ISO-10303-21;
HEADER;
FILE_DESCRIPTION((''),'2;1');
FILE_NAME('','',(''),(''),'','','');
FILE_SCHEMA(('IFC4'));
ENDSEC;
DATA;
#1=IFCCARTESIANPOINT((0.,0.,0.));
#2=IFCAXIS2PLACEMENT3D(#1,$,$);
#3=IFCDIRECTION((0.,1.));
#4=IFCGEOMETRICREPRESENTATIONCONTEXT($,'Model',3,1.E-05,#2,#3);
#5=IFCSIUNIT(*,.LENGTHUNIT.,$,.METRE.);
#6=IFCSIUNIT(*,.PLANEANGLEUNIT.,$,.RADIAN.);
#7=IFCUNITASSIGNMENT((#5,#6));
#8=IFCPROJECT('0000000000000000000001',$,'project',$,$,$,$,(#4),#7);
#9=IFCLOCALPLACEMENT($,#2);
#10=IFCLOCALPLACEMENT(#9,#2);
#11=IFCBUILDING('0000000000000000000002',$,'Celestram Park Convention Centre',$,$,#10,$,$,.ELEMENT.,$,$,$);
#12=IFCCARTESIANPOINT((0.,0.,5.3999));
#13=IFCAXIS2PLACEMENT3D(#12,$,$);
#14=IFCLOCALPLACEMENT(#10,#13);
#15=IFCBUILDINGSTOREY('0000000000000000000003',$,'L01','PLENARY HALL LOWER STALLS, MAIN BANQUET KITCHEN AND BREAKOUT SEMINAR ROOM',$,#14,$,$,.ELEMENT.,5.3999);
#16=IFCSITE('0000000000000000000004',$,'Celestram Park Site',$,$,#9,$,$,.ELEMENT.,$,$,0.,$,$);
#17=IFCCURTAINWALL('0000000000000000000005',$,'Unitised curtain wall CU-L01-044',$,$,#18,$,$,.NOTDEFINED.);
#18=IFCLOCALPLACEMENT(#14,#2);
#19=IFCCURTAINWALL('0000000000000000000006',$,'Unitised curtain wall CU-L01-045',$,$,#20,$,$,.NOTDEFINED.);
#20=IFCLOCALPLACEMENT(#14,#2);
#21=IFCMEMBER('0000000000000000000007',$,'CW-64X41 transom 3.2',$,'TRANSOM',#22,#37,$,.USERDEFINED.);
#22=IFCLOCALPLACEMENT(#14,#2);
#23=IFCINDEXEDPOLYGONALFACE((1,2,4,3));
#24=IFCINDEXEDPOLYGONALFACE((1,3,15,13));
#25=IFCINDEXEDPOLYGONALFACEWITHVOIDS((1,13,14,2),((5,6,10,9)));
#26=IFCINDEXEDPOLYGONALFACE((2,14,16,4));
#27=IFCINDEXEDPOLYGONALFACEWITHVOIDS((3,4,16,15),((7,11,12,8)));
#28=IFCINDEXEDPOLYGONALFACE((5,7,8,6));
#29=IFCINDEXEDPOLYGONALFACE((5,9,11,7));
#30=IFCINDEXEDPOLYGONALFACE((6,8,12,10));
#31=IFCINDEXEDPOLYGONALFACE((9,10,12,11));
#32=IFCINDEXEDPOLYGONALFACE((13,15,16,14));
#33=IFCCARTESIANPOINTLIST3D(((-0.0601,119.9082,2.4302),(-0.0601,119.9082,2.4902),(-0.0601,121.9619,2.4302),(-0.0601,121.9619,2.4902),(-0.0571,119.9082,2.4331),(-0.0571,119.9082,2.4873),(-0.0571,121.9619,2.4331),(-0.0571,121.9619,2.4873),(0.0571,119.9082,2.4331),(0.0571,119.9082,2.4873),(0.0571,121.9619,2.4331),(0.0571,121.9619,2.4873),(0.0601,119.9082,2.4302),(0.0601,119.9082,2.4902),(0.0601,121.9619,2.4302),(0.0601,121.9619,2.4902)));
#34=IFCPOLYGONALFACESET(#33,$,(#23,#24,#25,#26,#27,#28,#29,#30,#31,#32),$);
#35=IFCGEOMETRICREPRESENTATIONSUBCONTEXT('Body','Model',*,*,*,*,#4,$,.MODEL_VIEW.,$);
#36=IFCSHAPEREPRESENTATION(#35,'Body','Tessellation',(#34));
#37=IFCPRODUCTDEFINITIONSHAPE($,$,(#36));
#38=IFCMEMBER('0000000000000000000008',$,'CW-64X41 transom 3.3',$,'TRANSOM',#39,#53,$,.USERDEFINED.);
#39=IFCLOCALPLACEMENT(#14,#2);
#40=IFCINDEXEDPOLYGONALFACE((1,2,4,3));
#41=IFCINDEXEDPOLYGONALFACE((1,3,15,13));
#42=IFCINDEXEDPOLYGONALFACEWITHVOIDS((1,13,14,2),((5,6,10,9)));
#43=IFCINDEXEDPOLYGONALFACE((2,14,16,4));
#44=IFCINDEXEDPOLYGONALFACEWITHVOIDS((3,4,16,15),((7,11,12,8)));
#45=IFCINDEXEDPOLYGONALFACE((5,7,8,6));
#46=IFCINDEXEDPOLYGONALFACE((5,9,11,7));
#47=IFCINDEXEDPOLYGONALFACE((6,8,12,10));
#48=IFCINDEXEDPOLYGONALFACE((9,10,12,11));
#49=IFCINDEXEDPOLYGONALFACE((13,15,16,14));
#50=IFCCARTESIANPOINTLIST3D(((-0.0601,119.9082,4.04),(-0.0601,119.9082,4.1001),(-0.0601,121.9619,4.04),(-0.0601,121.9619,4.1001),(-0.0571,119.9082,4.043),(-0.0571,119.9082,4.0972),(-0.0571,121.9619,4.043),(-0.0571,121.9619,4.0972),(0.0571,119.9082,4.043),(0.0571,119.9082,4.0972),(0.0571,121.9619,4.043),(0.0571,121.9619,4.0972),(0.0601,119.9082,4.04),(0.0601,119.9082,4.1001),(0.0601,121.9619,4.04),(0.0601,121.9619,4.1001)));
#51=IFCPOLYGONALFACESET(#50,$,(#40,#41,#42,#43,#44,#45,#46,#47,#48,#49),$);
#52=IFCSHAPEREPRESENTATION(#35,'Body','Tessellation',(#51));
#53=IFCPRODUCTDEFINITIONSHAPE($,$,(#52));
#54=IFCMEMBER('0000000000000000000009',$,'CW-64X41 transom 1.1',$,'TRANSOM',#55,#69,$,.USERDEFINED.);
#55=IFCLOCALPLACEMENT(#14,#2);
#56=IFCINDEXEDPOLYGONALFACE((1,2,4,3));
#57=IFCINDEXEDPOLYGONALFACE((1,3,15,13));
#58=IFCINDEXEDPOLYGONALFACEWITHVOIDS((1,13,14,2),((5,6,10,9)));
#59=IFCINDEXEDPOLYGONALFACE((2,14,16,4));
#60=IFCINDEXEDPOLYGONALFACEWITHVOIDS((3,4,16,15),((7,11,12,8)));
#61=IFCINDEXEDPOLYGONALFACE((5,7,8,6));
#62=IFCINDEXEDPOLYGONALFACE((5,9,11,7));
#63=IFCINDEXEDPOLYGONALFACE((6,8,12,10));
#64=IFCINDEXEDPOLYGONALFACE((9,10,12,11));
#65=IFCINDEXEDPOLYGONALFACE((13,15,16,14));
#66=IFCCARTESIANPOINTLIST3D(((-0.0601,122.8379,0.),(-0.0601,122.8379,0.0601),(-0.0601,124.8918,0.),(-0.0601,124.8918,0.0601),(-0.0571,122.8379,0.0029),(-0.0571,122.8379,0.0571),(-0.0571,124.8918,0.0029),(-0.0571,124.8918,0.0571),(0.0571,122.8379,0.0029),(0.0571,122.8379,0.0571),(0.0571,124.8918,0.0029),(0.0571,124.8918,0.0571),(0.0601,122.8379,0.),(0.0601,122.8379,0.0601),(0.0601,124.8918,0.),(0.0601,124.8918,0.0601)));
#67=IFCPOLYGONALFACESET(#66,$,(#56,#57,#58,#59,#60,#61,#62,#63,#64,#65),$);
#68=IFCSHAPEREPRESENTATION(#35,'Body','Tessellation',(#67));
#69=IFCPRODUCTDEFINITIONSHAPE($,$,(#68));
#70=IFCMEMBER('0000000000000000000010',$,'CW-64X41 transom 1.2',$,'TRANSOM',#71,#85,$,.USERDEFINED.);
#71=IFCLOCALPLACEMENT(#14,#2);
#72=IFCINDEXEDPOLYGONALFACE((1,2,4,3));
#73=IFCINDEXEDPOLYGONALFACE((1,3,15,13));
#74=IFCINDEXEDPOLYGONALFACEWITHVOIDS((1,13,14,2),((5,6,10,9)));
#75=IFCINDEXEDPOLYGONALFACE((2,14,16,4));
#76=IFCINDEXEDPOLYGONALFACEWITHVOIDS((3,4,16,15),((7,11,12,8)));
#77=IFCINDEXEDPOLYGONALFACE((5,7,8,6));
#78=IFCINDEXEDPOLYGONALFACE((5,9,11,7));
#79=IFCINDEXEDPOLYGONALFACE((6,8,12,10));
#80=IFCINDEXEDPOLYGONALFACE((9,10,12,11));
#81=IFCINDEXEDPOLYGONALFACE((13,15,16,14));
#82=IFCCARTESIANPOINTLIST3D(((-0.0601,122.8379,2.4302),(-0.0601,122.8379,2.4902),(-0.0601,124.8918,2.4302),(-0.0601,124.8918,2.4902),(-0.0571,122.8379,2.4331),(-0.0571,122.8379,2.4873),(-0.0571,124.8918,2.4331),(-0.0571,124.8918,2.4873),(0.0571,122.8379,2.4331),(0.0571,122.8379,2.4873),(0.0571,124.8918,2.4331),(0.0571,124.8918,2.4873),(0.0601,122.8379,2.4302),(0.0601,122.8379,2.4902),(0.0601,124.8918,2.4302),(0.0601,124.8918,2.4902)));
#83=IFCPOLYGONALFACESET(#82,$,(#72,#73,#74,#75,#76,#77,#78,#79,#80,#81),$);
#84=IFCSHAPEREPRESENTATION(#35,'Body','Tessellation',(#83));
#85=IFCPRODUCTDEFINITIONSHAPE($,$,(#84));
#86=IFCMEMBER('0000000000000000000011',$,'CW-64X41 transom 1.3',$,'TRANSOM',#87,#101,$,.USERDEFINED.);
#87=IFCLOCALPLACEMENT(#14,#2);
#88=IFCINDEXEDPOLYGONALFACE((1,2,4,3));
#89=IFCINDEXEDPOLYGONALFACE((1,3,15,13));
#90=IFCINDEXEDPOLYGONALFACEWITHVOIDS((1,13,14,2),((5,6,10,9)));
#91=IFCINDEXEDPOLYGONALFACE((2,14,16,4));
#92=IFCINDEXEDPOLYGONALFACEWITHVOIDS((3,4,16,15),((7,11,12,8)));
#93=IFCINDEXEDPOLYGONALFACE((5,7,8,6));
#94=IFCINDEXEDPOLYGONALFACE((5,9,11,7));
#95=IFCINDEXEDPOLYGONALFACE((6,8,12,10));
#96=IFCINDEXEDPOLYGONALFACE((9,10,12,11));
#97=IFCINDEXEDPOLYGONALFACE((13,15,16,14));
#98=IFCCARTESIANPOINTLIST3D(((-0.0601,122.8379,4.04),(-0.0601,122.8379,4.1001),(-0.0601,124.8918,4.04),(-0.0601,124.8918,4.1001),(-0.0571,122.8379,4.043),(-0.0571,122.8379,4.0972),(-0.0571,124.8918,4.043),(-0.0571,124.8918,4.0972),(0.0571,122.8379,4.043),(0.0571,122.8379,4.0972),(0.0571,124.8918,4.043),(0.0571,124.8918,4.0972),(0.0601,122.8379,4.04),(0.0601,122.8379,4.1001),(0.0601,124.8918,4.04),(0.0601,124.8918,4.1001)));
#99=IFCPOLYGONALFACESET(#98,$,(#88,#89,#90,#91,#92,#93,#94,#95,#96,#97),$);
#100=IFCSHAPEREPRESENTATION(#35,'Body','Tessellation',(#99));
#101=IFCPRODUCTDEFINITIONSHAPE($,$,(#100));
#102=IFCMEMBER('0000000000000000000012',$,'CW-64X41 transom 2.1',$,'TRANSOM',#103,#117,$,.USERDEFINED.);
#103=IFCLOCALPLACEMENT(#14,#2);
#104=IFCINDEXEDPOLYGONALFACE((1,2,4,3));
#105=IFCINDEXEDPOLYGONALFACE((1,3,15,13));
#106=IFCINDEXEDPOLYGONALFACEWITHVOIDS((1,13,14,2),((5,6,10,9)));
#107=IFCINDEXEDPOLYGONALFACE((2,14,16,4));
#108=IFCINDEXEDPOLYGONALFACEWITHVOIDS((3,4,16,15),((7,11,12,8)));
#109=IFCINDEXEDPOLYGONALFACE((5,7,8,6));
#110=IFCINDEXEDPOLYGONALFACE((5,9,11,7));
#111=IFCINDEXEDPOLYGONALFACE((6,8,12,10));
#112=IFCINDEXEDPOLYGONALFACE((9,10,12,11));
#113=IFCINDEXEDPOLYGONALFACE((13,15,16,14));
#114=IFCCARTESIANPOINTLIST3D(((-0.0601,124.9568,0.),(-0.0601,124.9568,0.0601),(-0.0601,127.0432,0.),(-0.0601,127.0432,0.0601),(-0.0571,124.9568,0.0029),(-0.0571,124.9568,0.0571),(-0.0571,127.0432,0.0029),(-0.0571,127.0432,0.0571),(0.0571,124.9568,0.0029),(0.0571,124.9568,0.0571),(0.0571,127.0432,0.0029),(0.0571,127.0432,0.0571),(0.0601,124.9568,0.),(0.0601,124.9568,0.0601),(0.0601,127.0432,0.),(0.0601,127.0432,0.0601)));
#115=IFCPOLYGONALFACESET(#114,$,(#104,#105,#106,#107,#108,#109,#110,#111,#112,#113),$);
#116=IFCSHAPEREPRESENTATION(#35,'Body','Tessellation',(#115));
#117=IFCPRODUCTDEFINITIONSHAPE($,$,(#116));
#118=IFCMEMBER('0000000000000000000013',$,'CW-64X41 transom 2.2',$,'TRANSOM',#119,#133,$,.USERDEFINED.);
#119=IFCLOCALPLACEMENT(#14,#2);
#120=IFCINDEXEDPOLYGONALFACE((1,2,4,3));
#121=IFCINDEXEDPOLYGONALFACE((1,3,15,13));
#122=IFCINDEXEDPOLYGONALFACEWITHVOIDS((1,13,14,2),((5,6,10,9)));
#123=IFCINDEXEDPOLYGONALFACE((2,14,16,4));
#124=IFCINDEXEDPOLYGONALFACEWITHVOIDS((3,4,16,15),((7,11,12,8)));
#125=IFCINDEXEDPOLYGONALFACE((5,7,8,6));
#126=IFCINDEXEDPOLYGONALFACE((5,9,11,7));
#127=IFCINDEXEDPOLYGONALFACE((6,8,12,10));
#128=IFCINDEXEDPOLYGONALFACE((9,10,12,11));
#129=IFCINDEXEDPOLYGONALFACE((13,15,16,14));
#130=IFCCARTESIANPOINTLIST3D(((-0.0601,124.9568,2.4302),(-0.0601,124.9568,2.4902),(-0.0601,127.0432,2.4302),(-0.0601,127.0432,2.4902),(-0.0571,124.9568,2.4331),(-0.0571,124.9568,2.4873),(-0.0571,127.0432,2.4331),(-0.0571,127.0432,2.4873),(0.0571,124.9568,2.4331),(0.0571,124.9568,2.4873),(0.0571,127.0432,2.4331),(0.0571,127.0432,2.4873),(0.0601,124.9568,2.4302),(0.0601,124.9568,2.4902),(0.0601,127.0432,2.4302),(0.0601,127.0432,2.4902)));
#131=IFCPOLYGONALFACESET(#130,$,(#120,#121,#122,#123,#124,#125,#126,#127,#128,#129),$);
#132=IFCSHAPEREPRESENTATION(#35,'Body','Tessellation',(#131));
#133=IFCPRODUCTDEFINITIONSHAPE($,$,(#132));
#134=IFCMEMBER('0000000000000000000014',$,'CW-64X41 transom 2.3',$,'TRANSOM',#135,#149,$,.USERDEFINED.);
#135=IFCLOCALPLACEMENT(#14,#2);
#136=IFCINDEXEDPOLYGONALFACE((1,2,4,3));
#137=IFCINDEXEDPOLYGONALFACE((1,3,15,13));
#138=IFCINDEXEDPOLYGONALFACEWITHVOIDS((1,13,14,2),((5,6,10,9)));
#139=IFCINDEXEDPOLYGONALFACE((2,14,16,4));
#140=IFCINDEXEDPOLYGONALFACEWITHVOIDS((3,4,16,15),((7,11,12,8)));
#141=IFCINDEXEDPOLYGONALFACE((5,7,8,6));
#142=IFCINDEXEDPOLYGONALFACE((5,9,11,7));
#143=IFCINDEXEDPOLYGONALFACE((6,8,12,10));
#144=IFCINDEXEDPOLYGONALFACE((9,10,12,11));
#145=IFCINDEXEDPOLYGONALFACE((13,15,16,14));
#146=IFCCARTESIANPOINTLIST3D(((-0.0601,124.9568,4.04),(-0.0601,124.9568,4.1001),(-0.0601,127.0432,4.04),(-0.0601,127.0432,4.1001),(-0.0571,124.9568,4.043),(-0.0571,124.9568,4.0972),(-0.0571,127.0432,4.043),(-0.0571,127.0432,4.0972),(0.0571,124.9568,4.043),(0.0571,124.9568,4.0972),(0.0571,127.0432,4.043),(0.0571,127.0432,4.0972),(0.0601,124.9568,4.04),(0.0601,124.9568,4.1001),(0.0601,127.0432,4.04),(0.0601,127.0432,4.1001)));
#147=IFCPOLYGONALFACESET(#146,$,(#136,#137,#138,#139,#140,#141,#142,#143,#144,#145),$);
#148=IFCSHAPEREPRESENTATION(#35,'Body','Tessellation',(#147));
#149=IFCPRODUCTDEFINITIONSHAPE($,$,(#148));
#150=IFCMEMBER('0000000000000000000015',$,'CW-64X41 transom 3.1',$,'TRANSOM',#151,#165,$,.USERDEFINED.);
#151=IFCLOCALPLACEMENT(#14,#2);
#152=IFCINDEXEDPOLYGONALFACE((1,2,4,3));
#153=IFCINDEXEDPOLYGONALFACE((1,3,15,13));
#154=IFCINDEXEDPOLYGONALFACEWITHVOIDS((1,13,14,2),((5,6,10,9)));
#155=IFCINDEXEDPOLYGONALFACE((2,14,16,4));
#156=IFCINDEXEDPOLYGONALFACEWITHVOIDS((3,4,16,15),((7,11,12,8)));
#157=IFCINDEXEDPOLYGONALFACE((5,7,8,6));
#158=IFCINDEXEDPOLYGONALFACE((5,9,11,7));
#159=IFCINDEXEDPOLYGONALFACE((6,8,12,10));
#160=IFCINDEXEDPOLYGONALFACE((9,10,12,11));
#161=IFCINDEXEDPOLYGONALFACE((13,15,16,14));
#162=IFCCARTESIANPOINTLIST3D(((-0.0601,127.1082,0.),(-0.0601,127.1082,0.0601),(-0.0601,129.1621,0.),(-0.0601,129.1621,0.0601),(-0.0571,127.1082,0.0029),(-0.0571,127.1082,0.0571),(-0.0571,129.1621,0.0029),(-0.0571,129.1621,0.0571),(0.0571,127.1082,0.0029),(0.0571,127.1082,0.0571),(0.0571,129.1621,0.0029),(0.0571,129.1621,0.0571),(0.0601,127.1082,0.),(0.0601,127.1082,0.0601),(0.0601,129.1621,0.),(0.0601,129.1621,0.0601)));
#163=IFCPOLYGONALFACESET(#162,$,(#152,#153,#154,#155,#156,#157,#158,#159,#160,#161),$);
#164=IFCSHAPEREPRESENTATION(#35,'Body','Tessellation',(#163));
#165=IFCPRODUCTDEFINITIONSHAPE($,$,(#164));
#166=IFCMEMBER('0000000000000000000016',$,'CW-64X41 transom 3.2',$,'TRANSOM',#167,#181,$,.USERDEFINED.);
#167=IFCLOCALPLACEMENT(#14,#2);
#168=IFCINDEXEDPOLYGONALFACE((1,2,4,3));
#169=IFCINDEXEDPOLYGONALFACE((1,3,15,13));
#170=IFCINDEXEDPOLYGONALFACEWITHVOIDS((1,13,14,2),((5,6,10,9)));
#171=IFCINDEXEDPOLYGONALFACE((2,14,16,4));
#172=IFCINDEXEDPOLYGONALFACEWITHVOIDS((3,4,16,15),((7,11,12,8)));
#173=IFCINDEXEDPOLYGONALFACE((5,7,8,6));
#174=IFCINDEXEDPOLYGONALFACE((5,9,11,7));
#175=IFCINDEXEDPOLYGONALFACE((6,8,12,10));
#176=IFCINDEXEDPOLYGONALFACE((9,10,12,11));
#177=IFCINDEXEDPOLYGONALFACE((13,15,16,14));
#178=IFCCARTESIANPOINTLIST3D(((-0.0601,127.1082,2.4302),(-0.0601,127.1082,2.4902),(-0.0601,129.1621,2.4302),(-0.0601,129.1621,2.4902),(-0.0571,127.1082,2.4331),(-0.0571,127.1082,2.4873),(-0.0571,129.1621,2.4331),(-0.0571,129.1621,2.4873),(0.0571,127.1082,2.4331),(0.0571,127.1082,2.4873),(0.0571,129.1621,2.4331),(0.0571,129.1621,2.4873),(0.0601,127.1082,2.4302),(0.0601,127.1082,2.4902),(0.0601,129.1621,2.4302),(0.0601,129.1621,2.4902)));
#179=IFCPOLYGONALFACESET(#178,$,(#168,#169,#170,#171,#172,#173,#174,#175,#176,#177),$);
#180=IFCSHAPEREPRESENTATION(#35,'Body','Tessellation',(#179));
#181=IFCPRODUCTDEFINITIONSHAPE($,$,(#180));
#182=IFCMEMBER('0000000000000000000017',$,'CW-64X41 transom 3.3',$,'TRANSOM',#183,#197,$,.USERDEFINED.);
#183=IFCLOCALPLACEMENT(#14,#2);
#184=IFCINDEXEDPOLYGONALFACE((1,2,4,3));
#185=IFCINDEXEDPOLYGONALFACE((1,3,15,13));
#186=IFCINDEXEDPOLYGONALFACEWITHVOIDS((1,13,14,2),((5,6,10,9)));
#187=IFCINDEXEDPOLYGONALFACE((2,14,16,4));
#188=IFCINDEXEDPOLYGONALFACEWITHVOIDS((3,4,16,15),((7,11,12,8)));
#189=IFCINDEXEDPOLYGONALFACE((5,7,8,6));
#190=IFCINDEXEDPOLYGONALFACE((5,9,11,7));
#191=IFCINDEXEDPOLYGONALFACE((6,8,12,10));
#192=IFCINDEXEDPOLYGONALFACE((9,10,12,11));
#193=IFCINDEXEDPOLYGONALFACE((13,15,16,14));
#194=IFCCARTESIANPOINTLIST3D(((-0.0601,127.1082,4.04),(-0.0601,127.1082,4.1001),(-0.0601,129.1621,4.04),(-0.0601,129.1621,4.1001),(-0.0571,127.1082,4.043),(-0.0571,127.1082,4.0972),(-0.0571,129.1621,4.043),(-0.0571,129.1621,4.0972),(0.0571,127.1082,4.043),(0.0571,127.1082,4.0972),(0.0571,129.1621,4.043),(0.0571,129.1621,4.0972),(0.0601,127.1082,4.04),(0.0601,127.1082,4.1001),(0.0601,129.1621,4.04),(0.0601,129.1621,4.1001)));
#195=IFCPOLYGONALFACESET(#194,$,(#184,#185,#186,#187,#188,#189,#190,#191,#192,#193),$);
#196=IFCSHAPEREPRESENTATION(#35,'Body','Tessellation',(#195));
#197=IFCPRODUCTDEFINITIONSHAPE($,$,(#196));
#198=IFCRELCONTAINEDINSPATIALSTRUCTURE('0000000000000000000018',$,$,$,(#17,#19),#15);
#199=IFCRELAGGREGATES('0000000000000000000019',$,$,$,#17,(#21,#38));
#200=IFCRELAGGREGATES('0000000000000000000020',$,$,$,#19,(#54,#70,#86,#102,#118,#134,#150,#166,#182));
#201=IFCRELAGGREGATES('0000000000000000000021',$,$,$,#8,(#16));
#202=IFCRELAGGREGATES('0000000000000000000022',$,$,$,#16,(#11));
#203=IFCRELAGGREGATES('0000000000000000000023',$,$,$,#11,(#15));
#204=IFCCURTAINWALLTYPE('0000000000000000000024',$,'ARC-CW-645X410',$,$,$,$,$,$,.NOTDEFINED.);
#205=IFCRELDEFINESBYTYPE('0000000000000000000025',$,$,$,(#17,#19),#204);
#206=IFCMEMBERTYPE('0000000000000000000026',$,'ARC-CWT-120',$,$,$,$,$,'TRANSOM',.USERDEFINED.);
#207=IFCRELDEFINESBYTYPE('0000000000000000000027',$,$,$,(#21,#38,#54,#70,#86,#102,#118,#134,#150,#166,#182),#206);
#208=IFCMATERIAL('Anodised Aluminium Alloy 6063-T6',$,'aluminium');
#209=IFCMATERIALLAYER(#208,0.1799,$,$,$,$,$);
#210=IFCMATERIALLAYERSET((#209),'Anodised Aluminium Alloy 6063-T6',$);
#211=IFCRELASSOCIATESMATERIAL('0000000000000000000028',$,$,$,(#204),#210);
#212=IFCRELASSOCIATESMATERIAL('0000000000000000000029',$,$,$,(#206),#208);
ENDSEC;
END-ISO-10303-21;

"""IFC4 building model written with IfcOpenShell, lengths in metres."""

from ifc_helpers import new_model, si_unit, direction, frame, origin, origin_2d, place, context, subcontext, project, spatial, hollow_rectangle, extrude, material, layer, layer_set, material_profile, profile_set, type_object, element, aggregate, save


model = new_model("IFC4")

# Units and contexts
model_context = context("Model", 3, precision=1e-05, world=origin(), true_north=direction((0.0, 1.0)))
body_context = subcontext(model_context, "Body", "Model", "MODEL_VIEW")
ifc_project = project(units=[si_unit("LENGTHUNIT", "METRE"), si_unit("PLANEANGLEUNIT", "RADIAN")], contexts=[model_context])

# Site, building, storey
site_placement = place(None, origin())
site = spatial("IfcSite", under=ifc_project, at=site_placement, Name="Celestram Park Site", CompositionType="ELEMENT", RefElevation=0.0)
building_placement = place(site_placement, origin())
building = spatial("IfcBuilding", under=site, at=building_placement, Name="Celestram Park Convention Centre", CompositionType="ELEMENT")
storey_placement = place(building_placement, frame((0.0, 0.0, 5.3999)))
storey = spatial("IfcBuildingStorey", under=building, at=storey_placement, Name="L01", Description="PLENARY HALL LOWER STALLS, MAIN BANQUET KITCHEN AND BREAKOUT SEMINAR ROOM", CompositionType="ELEMENT", Elevation=5.3999)

# Curtain walls
ifc_material_1 = material(Name="Anodised Aluminium Alloy 6063-T6", Category="aluminium")
ifc_layer_1 = layer(ifc_material_1, 0.1799)
ifc_layer_set_1 = layer_set([ifc_layer_1], Name="Anodised Aluminium Alloy 6063-T6")
curtain_wall_type = type_object("IfcCurtainWallType", Name="ARC-CW-645X410", PredefinedType="NOTDEFINED", material=ifc_layer_set_1)
curtain_wall_1_placement = place(storey_placement, origin())
curtain_wall_1 = element("IfcCurtainWall", 1, at=curtain_wall_1_placement, inside=storey, type_object=curtain_wall_type, Name="Unitised curtain wall CU-L01-044", PredefinedType="NOTDEFINED")
curtain_wall_2_placement = place(storey_placement, origin())
curtain_wall_2 = element("IfcCurtainWall", 2, at=curtain_wall_2_placement, inside=storey, type_object=curtain_wall_type, Name="Unitised curtain wall CU-L01-045", PredefinedType="NOTDEFINED")

# Members
ifc_material_profile_1 = material_profile(ifc_material_1, hollow_rectangle(XDim=0.1201, YDim=0.0601, WallThickness=0.0029, at=origin_2d()), Name="ALU120X60X3")
ifc_profile_set_1 = profile_set([ifc_material_profile_1], Name="Anodised Aluminium Alloy 6063-T6")
member_type_1 = type_object("IfcMemberType", Name="ARC-CWT-120", ElementType="TRANSOM", PredefinedType="USERDEFINED", material=ifc_profile_set_1)
member_1_placement = place(storey_placement, frame((0.0, 119.9082, 2.4602), z_axis=(0.0, 1.0, 0.0), x_axis=(-1.0, 0.0, 0.0)))
member_1 = element("IfcMember", 3, at=member_1_placement, type_object=member_type_1, Name="CW-64X41 transom 3.2", ObjectType="TRANSOM", PredefinedType="USERDEFINED", context=body_context, shape_type="SweptSolid", body=[
    extrude(hollow_rectangle(XDim=0.1201, YDim=0.0601, WallThickness=0.0029, at=origin_2d()), origin(), (0.0, 0.0, 1.0), 2.0537),
])
member_2_placement = place(storey_placement, frame((0.0, 119.9082, 4.0701), z_axis=(0.0, 1.0, 0.0), x_axis=(-1.0, 0.0, 0.0)))
member_2 = element("IfcMember", 4, at=member_2_placement, type_object=member_type_1, Name="CW-64X41 transom 3.3", ObjectType="TRANSOM", PredefinedType="USERDEFINED", context=body_context, shape_type="SweptSolid", body=[
    extrude(hollow_rectangle(XDim=0.1201, YDim=0.0601, WallThickness=0.0029, at=origin_2d()), origin(), (0.0, 0.0, 1.0), 2.0537),
])
member_3_placement = place(storey_placement, frame((0.0, 122.8379, 0.03), z_axis=(0.0, 1.0, 0.0), x_axis=(-1.0, 0.0, 0.0)))
member_3 = element("IfcMember", 5, at=member_3_placement, type_object=member_type_1, Name="CW-64X41 transom 1.1", ObjectType="TRANSOM", PredefinedType="USERDEFINED", context=body_context, shape_type="SweptSolid", body=[
    extrude(hollow_rectangle(XDim=0.1201, YDim=0.0601, WallThickness=0.0029, at=origin_2d()), origin(), (0.0, 0.0, 1.0), 2.054),
])
member_4_placement = place(storey_placement, frame((0.0, 122.8379, 2.4602), z_axis=(0.0, 1.0, 0.0), x_axis=(-1.0, 0.0, 0.0)))
member_4 = element("IfcMember", 6, at=member_4_placement, type_object=member_type_1, Name="CW-64X41 transom 1.2", ObjectType="TRANSOM", PredefinedType="USERDEFINED", context=body_context, shape_type="SweptSolid", body=[
    extrude(hollow_rectangle(XDim=0.1201, YDim=0.0601, WallThickness=0.0029, at=origin_2d()), origin(), (0.0, 0.0, 1.0), 2.054),
])
member_5_placement = place(storey_placement, frame((0.0, 122.8379, 4.0701), z_axis=(0.0, 1.0, 0.0), x_axis=(-1.0, 0.0, 0.0)))
member_5 = element("IfcMember", 7, at=member_5_placement, type_object=member_type_1, Name="CW-64X41 transom 1.3", ObjectType="TRANSOM", PredefinedType="USERDEFINED", context=body_context, shape_type="SweptSolid", body=[
    extrude(hollow_rectangle(XDim=0.1201, YDim=0.0601, WallThickness=0.0029, at=origin_2d()), origin(), (0.0, 0.0, 1.0), 2.054),
])
member_6_placement = place(storey_placement, frame((0.0, 124.9568, 0.03), z_axis=(0.0, 1.0, 0.0), x_axis=(-1.0, 0.0, 0.0)))
member_6 = element("IfcMember", 8, at=member_6_placement, type_object=member_type_1, Name="CW-64X41 transom 2.1", ObjectType="TRANSOM", PredefinedType="USERDEFINED", context=body_context, shape_type="SweptSolid", body=[
    extrude(hollow_rectangle(XDim=0.1201, YDim=0.0601, WallThickness=0.0029, at=origin_2d()), origin(), (0.0, 0.0, 1.0), 2.0864),
])
member_7_placement = place(storey_placement, frame((0.0, 124.9568, 2.4602), z_axis=(0.0, 1.0, 0.0), x_axis=(-1.0, 0.0, 0.0)))
member_7 = element("IfcMember", 9, at=member_7_placement, type_object=member_type_1, Name="CW-64X41 transom 2.2", ObjectType="TRANSOM", PredefinedType="USERDEFINED", context=body_context, shape_type="SweptSolid", body=[
    extrude(hollow_rectangle(XDim=0.1201, YDim=0.0601, WallThickness=0.0029, at=origin_2d()), origin(), (0.0, 0.0, 1.0), 2.0864),
])
member_8_placement = place(storey_placement, frame((0.0, 124.9568, 4.0701), z_axis=(0.0, 1.0, 0.0), x_axis=(-1.0, 0.0, 0.0)))
member_8 = element("IfcMember", 10, at=member_8_placement, type_object=member_type_1, Name="CW-64X41 transom 2.3", ObjectType="TRANSOM", PredefinedType="USERDEFINED", context=body_context, shape_type="SweptSolid", body=[
    extrude(hollow_rectangle(XDim=0.1201, YDim=0.0601, WallThickness=0.0029, at=origin_2d()), origin(), (0.0, 0.0, 1.0), 2.0864),
])
member_9_placement = place(storey_placement, frame((0.0, 127.1082, 0.03), z_axis=(0.0, 1.0, 0.0), x_axis=(-1.0, 0.0, 0.0)))
member_9 = element("IfcMember", 11, at=member_9_placement, type_object=member_type_1, Name="CW-64X41 transom 3.1", ObjectType="TRANSOM", PredefinedType="USERDEFINED", context=body_context, shape_type="SweptSolid", body=[
    extrude(hollow_rectangle(XDim=0.1201, YDim=0.0601, WallThickness=0.0029, at=origin_2d()), origin(), (0.0, 0.0, 1.0), 2.054),
])
member_10_placement = place(storey_placement, frame((0.0, 127.1082, 2.4602), z_axis=(0.0, 1.0, 0.0), x_axis=(-1.0, 0.0, 0.0)))
member_10 = element("IfcMember", 12, at=member_10_placement, type_object=member_type_1, Name="CW-64X41 transom 3.2", ObjectType="TRANSOM", PredefinedType="USERDEFINED", context=body_context, shape_type="SweptSolid", body=[
    extrude(hollow_rectangle(XDim=0.1201, YDim=0.0601, WallThickness=0.0029, at=origin_2d()), origin(), (0.0, 0.0, 1.0), 2.054),
])
member_11_placement = place(storey_placement, frame((0.0, 127.1082, 4.0701), z_axis=(0.0, 1.0, 0.0), x_axis=(-1.0, 0.0, 0.0)))
member_11 = element("IfcMember", 13, at=member_11_placement, type_object=member_type_1, Name="CW-64X41 transom 3.3", ObjectType="TRANSOM", PredefinedType="USERDEFINED", context=body_context, shape_type="SweptSolid", body=[
    extrude(hollow_rectangle(XDim=0.1201, YDim=0.0601, WallThickness=0.0029, at=origin_2d()), origin(), (0.0, 0.0, 1.0), 2.054),
])

aggregate(curtain_wall_1, [member_1, member_2])
aggregate(curtain_wall_2, [member_3, member_4, member_5, member_6, member_7, member_8, member_9, member_10, member_11])

save(model, "model.ifc")
